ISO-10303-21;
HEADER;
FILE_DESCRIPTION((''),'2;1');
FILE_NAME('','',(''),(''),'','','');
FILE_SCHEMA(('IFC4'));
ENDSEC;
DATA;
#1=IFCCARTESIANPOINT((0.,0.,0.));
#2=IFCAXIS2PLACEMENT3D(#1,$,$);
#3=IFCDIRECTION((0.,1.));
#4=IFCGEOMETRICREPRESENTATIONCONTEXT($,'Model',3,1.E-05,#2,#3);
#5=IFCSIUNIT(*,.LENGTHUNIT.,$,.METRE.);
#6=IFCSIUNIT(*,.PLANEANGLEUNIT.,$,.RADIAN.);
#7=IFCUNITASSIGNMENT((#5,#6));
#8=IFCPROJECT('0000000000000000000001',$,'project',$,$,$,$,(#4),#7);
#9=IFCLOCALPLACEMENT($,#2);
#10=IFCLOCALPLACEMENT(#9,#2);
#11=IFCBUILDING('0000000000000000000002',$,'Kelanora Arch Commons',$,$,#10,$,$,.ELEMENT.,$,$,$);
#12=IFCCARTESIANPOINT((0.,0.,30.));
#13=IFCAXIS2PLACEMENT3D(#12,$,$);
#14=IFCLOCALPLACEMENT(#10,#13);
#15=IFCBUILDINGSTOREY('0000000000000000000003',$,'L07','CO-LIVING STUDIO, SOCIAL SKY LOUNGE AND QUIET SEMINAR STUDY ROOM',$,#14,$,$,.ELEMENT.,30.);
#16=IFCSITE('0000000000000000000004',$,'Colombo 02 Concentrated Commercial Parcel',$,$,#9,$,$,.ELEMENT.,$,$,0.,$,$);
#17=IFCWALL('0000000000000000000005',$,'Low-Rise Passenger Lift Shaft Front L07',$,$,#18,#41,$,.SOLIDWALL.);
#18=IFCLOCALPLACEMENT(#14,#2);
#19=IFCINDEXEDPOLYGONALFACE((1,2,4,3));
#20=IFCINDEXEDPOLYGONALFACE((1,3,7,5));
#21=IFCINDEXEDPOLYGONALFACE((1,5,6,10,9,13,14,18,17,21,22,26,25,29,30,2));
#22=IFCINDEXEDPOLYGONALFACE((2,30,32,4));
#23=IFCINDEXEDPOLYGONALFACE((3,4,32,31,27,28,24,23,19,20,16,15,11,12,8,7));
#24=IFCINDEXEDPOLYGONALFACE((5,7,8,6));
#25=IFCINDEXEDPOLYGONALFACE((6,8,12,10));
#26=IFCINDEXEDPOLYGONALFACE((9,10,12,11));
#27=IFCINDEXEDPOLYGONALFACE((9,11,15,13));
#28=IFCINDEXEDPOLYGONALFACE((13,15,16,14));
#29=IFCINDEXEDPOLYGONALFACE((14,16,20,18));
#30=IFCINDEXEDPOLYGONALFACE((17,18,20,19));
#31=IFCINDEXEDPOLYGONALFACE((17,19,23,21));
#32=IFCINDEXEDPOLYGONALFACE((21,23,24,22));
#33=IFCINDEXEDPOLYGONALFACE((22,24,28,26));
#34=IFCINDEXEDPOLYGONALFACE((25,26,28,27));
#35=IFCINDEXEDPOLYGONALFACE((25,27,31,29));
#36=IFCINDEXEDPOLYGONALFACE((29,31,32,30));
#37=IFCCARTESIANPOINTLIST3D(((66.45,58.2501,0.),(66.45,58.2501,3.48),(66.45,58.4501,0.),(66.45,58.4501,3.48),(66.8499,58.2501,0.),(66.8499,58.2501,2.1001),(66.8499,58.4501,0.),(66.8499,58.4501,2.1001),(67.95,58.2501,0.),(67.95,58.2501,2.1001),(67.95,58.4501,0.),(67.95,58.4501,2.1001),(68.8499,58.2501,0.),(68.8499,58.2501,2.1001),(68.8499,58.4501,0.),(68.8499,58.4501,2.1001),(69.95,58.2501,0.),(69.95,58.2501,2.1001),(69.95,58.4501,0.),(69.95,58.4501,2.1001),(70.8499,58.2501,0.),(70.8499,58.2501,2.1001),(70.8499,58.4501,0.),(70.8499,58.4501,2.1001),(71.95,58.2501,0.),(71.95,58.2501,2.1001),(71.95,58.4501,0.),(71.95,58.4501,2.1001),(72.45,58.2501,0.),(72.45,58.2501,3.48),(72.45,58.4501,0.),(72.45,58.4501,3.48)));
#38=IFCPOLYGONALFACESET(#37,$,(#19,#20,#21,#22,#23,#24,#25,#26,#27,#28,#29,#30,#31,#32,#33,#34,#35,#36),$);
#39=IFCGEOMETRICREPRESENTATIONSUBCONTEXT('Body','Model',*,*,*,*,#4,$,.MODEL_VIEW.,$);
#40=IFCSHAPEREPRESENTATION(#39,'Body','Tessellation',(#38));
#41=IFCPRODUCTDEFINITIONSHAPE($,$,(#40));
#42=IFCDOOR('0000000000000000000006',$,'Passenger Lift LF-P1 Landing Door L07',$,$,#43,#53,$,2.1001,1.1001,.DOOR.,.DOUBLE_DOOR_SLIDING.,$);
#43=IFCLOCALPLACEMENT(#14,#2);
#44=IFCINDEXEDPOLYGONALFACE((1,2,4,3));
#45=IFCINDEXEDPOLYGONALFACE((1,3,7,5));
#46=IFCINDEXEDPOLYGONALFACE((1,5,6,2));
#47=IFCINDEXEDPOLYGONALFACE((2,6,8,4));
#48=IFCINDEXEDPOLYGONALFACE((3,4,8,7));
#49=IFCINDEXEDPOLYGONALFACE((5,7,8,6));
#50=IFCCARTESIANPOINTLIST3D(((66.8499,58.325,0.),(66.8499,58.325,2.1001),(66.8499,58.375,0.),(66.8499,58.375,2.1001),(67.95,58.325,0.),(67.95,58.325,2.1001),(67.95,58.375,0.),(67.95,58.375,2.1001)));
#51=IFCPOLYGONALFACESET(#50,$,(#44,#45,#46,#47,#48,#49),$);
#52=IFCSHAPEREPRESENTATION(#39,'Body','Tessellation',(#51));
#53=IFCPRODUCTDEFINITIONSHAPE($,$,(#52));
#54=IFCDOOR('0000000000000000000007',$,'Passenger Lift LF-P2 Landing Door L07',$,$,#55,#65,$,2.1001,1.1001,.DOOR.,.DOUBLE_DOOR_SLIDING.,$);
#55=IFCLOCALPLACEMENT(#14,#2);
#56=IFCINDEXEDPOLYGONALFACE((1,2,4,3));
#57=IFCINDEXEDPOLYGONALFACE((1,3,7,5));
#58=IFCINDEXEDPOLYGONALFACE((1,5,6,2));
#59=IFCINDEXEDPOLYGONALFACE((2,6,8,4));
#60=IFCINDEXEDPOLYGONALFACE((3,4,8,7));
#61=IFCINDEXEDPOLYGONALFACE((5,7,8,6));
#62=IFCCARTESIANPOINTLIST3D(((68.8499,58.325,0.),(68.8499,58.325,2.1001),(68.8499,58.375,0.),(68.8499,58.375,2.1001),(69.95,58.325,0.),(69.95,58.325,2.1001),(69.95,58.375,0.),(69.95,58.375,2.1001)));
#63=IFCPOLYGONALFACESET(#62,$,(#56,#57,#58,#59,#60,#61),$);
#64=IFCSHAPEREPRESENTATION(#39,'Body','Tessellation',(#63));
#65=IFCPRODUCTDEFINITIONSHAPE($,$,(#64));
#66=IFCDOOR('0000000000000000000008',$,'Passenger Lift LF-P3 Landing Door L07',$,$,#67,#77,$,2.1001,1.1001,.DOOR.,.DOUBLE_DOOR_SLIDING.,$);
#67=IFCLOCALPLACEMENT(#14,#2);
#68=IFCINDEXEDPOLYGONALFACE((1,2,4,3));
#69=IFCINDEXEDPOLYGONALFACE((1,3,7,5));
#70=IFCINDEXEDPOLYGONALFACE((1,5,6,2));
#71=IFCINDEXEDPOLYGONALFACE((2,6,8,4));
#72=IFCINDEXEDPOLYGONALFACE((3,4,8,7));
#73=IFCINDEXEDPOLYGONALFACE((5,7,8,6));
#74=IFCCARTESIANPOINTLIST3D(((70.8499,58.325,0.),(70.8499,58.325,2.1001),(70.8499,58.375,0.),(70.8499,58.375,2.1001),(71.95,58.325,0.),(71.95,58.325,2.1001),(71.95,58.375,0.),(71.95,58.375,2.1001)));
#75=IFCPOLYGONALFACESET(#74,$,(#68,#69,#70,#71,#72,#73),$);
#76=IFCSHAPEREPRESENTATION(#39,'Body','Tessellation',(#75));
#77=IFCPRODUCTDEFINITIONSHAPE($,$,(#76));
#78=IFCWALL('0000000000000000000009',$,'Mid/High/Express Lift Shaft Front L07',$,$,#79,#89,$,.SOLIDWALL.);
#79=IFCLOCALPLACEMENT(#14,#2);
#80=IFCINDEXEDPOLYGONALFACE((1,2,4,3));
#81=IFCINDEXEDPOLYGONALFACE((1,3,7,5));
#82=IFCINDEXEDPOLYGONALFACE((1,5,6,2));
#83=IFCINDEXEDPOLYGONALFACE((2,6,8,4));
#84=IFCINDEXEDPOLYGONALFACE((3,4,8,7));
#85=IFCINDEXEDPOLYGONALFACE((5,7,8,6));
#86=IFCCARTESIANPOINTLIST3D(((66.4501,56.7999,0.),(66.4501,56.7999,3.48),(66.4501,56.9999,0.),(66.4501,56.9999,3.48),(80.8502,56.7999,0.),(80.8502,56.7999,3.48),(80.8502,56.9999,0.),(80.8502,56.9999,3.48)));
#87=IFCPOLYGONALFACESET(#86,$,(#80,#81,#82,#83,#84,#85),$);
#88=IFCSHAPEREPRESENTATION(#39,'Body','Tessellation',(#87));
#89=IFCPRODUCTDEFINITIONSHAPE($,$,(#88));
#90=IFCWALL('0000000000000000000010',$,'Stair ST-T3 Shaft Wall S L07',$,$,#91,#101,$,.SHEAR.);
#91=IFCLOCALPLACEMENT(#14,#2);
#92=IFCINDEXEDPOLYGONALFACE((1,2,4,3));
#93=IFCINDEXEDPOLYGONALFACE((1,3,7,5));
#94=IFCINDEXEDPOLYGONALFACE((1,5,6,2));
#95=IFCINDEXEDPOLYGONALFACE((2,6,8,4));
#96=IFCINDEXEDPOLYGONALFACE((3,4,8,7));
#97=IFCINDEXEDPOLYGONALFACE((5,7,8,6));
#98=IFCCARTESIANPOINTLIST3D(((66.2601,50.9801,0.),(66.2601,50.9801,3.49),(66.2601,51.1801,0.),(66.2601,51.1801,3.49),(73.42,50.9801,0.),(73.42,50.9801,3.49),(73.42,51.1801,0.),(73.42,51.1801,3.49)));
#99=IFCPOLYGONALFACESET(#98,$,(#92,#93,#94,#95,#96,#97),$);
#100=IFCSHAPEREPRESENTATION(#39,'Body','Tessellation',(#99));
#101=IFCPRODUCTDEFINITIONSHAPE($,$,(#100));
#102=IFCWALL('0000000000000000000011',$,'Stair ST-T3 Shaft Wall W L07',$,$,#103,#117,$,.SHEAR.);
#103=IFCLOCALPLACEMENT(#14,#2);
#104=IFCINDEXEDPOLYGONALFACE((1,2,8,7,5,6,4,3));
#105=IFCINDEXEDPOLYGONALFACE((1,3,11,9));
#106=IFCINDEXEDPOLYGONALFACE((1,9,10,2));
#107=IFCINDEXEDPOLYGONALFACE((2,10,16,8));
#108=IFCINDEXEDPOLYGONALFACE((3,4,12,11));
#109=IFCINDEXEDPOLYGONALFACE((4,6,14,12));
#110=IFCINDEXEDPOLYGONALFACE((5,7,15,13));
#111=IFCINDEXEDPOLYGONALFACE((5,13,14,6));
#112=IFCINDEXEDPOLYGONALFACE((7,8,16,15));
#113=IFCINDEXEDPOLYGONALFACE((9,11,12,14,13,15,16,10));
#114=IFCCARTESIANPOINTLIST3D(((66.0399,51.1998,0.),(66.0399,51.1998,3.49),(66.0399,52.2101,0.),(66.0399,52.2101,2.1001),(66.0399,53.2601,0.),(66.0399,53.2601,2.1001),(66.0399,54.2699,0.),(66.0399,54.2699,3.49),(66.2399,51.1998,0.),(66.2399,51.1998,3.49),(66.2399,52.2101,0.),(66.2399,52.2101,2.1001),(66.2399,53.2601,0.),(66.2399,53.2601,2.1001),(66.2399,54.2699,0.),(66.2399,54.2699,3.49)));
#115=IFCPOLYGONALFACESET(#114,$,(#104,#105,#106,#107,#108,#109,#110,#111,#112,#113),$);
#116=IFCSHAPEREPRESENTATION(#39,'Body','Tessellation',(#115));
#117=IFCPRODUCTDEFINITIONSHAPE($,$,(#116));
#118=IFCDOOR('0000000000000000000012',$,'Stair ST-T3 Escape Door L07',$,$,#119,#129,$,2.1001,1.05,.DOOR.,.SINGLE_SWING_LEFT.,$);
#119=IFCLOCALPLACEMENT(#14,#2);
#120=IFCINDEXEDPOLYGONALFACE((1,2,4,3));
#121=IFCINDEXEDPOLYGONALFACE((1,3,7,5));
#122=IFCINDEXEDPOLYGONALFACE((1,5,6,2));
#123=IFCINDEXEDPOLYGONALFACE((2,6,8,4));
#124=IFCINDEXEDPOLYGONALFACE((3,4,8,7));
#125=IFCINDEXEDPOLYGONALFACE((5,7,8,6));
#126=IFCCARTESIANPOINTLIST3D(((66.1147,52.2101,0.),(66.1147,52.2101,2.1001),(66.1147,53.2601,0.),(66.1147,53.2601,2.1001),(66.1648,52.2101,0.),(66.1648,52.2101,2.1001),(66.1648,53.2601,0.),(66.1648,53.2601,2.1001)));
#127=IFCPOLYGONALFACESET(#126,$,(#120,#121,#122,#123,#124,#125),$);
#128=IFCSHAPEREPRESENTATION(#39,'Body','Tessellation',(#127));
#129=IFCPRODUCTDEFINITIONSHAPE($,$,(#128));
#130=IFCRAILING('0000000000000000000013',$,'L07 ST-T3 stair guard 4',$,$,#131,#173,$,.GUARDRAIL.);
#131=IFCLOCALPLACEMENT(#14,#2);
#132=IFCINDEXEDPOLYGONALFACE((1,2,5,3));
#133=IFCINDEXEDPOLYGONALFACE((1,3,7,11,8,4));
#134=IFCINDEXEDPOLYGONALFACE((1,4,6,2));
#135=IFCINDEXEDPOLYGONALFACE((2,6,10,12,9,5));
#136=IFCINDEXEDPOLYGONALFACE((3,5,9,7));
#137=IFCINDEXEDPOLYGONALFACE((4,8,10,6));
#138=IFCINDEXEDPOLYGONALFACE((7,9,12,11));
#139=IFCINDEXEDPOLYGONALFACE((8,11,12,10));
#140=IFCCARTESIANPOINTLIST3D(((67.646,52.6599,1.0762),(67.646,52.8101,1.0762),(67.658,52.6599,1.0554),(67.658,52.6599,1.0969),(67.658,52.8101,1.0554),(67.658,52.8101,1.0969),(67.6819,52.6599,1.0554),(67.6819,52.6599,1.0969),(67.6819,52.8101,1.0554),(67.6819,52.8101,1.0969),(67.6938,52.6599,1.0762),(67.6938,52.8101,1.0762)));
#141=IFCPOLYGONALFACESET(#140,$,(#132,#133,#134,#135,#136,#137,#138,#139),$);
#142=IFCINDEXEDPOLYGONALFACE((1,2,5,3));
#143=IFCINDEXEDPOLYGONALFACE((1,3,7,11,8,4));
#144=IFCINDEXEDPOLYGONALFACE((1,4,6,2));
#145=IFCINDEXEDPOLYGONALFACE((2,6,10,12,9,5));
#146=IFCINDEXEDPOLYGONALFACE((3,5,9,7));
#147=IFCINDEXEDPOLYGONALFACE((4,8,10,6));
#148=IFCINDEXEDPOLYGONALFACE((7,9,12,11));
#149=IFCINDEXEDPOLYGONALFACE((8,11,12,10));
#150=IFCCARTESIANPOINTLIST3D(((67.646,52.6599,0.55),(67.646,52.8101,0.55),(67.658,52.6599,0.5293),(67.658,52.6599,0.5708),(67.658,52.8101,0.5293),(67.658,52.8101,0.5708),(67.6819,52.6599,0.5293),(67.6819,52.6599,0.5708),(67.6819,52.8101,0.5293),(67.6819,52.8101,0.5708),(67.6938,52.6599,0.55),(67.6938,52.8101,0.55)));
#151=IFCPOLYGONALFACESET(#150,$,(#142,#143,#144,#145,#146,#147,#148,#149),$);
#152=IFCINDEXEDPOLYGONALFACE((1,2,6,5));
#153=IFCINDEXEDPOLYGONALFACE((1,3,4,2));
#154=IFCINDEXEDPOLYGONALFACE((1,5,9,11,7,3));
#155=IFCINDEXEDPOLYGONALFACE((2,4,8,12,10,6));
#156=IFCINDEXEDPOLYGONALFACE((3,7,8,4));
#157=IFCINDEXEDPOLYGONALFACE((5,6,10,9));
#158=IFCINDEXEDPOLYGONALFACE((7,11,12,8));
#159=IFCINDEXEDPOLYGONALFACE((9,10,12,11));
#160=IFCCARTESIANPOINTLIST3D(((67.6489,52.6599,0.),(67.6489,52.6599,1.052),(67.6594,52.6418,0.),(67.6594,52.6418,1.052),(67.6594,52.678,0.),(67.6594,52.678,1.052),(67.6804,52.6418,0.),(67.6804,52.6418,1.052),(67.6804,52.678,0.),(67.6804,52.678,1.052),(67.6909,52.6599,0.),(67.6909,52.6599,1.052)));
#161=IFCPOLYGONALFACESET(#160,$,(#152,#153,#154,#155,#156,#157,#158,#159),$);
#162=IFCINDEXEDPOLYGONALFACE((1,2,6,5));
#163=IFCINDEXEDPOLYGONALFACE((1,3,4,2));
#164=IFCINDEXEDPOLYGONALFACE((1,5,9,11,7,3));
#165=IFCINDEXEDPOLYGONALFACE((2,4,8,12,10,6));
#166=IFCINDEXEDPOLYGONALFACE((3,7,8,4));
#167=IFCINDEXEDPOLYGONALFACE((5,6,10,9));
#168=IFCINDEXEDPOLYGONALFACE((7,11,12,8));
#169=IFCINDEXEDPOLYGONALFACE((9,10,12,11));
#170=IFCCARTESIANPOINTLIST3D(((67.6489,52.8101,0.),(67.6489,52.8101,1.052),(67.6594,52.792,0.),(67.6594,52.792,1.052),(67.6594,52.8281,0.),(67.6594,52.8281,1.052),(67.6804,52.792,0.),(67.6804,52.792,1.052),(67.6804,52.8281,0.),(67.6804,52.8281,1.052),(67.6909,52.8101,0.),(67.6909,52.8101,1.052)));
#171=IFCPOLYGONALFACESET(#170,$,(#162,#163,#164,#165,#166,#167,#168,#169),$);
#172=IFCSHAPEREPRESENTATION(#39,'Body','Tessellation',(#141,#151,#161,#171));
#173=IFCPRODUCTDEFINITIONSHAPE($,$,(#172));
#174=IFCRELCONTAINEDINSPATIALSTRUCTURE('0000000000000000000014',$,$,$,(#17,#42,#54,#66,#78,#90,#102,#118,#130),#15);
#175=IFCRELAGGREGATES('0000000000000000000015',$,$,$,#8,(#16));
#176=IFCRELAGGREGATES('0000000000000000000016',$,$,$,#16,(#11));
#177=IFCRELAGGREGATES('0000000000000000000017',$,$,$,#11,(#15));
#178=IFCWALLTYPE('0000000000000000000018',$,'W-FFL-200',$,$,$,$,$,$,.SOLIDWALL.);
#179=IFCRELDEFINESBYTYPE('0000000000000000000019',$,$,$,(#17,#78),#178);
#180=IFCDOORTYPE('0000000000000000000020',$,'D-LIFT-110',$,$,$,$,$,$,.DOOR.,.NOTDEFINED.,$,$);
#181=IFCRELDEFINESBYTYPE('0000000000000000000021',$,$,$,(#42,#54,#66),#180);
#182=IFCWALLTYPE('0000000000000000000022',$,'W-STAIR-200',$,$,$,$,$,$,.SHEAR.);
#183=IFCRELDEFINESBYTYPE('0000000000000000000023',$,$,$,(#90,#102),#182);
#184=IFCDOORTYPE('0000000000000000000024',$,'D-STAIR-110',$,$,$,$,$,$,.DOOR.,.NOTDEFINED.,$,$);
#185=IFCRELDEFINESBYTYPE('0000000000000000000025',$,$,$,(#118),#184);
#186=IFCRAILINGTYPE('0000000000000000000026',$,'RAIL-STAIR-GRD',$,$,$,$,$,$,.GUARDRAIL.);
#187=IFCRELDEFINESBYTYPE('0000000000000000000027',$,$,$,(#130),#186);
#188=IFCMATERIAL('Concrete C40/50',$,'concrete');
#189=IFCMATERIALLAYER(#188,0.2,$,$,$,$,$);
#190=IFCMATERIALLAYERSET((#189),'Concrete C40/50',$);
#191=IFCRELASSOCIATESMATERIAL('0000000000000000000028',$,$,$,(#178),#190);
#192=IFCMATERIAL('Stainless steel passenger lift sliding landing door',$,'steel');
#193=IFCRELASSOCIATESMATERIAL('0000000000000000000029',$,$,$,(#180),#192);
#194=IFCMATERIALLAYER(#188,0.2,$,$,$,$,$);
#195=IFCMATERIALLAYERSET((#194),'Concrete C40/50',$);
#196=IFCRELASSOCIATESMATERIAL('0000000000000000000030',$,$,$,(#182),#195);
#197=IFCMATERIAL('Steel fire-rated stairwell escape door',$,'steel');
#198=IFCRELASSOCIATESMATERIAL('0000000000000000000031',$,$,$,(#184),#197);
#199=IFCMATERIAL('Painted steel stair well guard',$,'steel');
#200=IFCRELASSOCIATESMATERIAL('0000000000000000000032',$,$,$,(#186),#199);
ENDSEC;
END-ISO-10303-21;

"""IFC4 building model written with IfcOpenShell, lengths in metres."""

from ifc_helpers import new_model, si_unit, direction, frame, frame_2d, origin, place, context, subcontext, project, spatial, polyline, rectangle, outline, extrude, material, layer, layer_set, type_object, element, fill, save


model = new_model("IFC4")

# Units and contexts
model_context = context("Model", 3, precision=1e-05, world=origin(), true_north=direction((0.0, 1.0)))
body_context = subcontext(model_context, "Body", "Model", "MODEL_VIEW")
ifc_project = project(units=[si_unit("LENGTHUNIT", "METRE"), si_unit("PLANEANGLEUNIT", "RADIAN")], contexts=[model_context])

# Site, building, storey
site_placement = place(None, origin())
site = spatial("IfcSite", under=ifc_project, at=site_placement, Name="Colombo 02 Concentrated Commercial Parcel", CompositionType="ELEMENT", RefElevation=0.0)
building_placement = place(site_placement, origin())
building = spatial("IfcBuilding", under=site, at=building_placement, Name="Kelanora Arch Commons", CompositionType="ELEMENT")
storey_placement = place(building_placement, frame((0.0, 0.0, 30.0)))
storey = spatial("IfcBuildingStorey", under=building, at=storey_placement, Name="L07", Description="CO-LIVING STUDIO, SOCIAL SKY LOUNGE AND QUIET SEMINAR STUDY ROOM", CompositionType="ELEMENT", Elevation=30.0)

# Wall, openings, doors
ifc_material_1 = material(Name="Concrete C40/50", Category="concrete")
ifc_layer_1 = layer(ifc_material_1, 0.2)
ifc_layer_set_1 = layer_set([ifc_layer_1], Name="Concrete C40/50")
wall_type_1 = type_object("IfcWallType", Name="W-FFL-200", PredefinedType="SOLIDWALL", material=ifc_layer_set_1)
wall_1_placement = place(storey_placement, frame((66.45, 58.3501, 0.0), z_axis=(0.0, 0.0, 1.0), x_axis=(1.0, 0.0, 0.0)))
wall_1 = element("IfcWall", 1, at=wall_1_placement, inside=storey, type_object=wall_type_1, Name="Low-Rise Passenger Lift Shaft Front L07", PredefinedType="SOLIDWALL", context=body_context, shape_type="SweptSolid", body=[
    extrude(rectangle(XDim=6.0, YDim=0.2, at=frame_2d((3.0, 0.0))), origin(), (0.0, 0.0, 1.0), 3.48),
])
opening_1_placement = place(wall_1_placement, frame((0.3999, 0.0, 0.0)))
opening_1 = element("IfcOpeningElement", 2, at=opening_1_placement, cuts=wall_1, PredefinedType="OPENING", context=body_context, shape_type="SweptSolid", body=[
    extrude(rectangle(XDim=1.1001, YDim=2.1001, at=frame_2d((0.55, 1.05))), frame((0.0, 0.1099, 0.0), z_axis=(0.0, -1.0, 0.0), x_axis=(1.0, 0.0, 0.0)), (0.0, 0.0, 1.0), 0.22),
])
opening_2_placement = place(wall_1_placement, frame((2.3999, 0.0, 0.0)))
opening_2 = element("IfcOpeningElement", 3, at=opening_2_placement, cuts=wall_1, PredefinedType="OPENING", context=body_context, shape_type="SweptSolid", body=[
    extrude(rectangle(XDim=1.1001, YDim=2.1001, at=frame_2d((0.55, 1.05))), frame((0.0, 0.1099, 0.0), z_axis=(0.0, -1.0, 0.0), x_axis=(1.0, 0.0, 0.0)), (0.0, 0.0, 1.0), 0.22),
])
opening_3_placement = place(wall_1_placement, frame((4.3999, 0.0, 0.0)))
opening_3 = element("IfcOpeningElement", 4, at=opening_3_placement, cuts=wall_1, PredefinedType="OPENING", context=body_context, shape_type="SweptSolid", body=[
    extrude(rectangle(XDim=1.1001, YDim=2.1001, at=frame_2d((0.55, 1.05))), frame((0.0, 0.1099, 0.0), z_axis=(0.0, -1.0, 0.0), x_axis=(1.0, 0.0, 0.0)), (0.0, 0.0, 1.0), 0.22),
])
ifc_material_2 = material(Name="Stainless steel passenger lift sliding landing door", Category="steel")
door_type_1 = type_object("IfcDoorType", Name="D-LIFT-110", OperationType="NOTDEFINED", PredefinedType="DOOR", material=ifc_material_2)
door_1_placement = place(opening_1_placement, origin())
door_1 = element("IfcDoor", 5, at=door_1_placement, inside=storey, type_object=door_type_1, Name="Passenger Lift LF-P1 Landing Door L07", OperationType="DOUBLE_DOOR_SLIDING", OverallHeight=2.1001, OverallWidth=1.1001, PredefinedType="DOOR", context=body_context, shape_type="SweptSolid", body=[
    extrude(rectangle(XDim=1.1001, YDim=2.1001, at=frame_2d((0.55, 1.05))), frame((0.0, 0.0249, 0.0), z_axis=(0.0, -1.0, 0.0), x_axis=(1.0, 0.0, 0.0)), (0.0, 0.0, 1.0), 0.05),
])
fill(opening_1, door_1)
door_2_placement = place(opening_2_placement, origin())
door_2 = element("IfcDoor", 6, at=door_2_placement, inside=storey, type_object=door_type_1, Name="Passenger Lift LF-P2 Landing Door L07", OperationType="DOUBLE_DOOR_SLIDING", OverallHeight=2.1001, OverallWidth=1.1001, PredefinedType="DOOR", context=body_context, shape_type="SweptSolid", body=[
    extrude(rectangle(XDim=1.1001, YDim=2.1001, at=frame_2d((0.55, 1.05))), frame((0.0, 0.0249, 0.0), z_axis=(0.0, -1.0, 0.0), x_axis=(1.0, 0.0, 0.0)), (0.0, 0.0, 1.0), 0.05),
])
fill(opening_2, door_2)
door_3_placement = place(opening_3_placement, origin())
door_3 = element("IfcDoor", 7, at=door_3_placement, inside=storey, type_object=door_type_1, Name="Passenger Lift LF-P3 Landing Door L07", OperationType="DOUBLE_DOOR_SLIDING", OverallHeight=2.1001, OverallWidth=1.1001, PredefinedType="DOOR", context=body_context, shape_type="SweptSolid", body=[
    extrude(rectangle(XDim=1.1001, YDim=2.1001, at=frame_2d((0.55, 1.05))), frame((0.0, 0.0249, 0.0), z_axis=(0.0, -1.0, 0.0), x_axis=(1.0, 0.0, 0.0)), (0.0, 0.0, 1.0), 0.05),
])
fill(opening_3, door_3)

# Walls
wall_2_placement = place(storey_placement, frame((66.45, 56.8999, 0.0), z_axis=(0.0, 0.0, 1.0), x_axis=(1.0, 0.0, 0.0)))
element("IfcWall", 8, at=wall_2_placement, inside=storey, type_object=wall_type_1, Name="Mid/High/Express Lift Shaft Front L07", PredefinedType="SOLIDWALL", context=body_context, shape_type="SweptSolid", body=[
    extrude(rectangle(XDim=14.4001, YDim=0.2, at=frame_2d((7.2002, 0.0))), origin(), (0.0, 0.0, 1.0), 3.48),
])
ifc_layer_2 = layer(ifc_material_1, 0.2)
ifc_layer_set_2 = layer_set([ifc_layer_2], Name="Concrete C40/50")
wall_type_2 = type_object("IfcWallType", Name="W-STAIR-200", PredefinedType="SHEAR", material=ifc_layer_set_2)
wall_3_placement = place(storey_placement, frame((66.26, 51.0801, 0.0), z_axis=(0.0, 0.0, 1.0), x_axis=(1.0, 0.0, 0.0)))
element("IfcWall", 9, at=wall_3_placement, inside=storey, type_object=wall_type_2, Name="Stair ST-T3 Shaft Wall S L07", PredefinedType="SHEAR", context=body_context, shape_type="SweptSolid", body=[
    extrude(rectangle(XDim=7.1599, YDim=0.2, at=frame_2d((3.5801, 0.0))), origin(), (0.0, 0.0, 1.0), 3.49),
])

# Wall, opening, door
wall_4_placement = place(storey_placement, frame((66.1399, 54.27, 0.0), z_axis=(0.0, 0.0, 1.0), x_axis=(0.0, -1.0, 0.0)))
wall_4 = element("IfcWall", 10, at=wall_4_placement, inside=storey, type_object=wall_type_2, Name="Stair ST-T3 Shaft Wall W L07", PredefinedType="SHEAR", context=body_context, shape_type="SweptSolid", body=[
    extrude(rectangle(XDim=3.0701, YDim=0.2, at=frame_2d((1.5352, 0.0))), origin(), (0.0, 0.0, 1.0), 3.49),
])
opening_4_placement = place(wall_4_placement, frame((1.01, 0.0, 0.0)))
opening_4 = element("IfcOpeningElement", 11, at=opening_4_placement, cuts=wall_4, PredefinedType="OPENING", context=body_context, shape_type="SweptSolid", body=[
    extrude(rectangle(XDim=1.05, YDim=2.1001, at=frame_2d((0.5249, 1.05))), frame((0.0, 0.1099, 0.0), z_axis=(0.0, -1.0, 0.0), x_axis=(1.0, 0.0, 0.0)), (0.0, 0.0, 1.0), 0.22),
])
ifc_material_3 = material(Name="Steel fire-rated stairwell escape door", Category="steel")
door_type_2 = type_object("IfcDoorType", Name="D-STAIR-110", OperationType="NOTDEFINED", PredefinedType="DOOR", material=ifc_material_3)
door_4_placement = place(opening_4_placement, origin())
door_4 = element("IfcDoor", 12, at=door_4_placement, inside=storey, type_object=door_type_2, Name="Stair ST-T3 Escape Door L07", OperationType="SINGLE_SWING_LEFT", OverallHeight=2.1001, OverallWidth=1.05, PredefinedType="DOOR", context=body_context, shape_type="SweptSolid", body=[
    extrude(rectangle(XDim=1.05, YDim=2.1001, at=frame_2d((0.5249, 1.05))), frame((0.0, 0.0249, 0.0), z_axis=(0.0, -1.0, 0.0), x_axis=(1.0, 0.0, 0.0)), (0.0, 0.0, 1.0), 0.05),
])
fill(opening_4, door_4)

# Railing
ifc_material_4 = material(Name="Painted steel stair well guard", Category="steel")
railing_type = type_object("IfcRailingType", Name="RAIL-STAIR-GRD", PredefinedType="GUARDRAIL", material=ifc_material_4)
railing_placement = place(storey_placement, frame((67.6699, 52.6599, 0.0)))
element("IfcRailing", 13, at=railing_placement, inside=storey, type_object=railing_type, Name="L07 ST-T3 stair guard 4", PredefinedType="GUARDRAIL", context=body_context, shape_type="SweptSolid", body=[
    extrude(outline(polyline([(0.0239, 0.0), (0.012, 0.0208), (-0.012, 0.0208), (-0.0239, 0.0), (-0.012, -0.0208), (0.012, -0.0208), (0.0239, 0.0)])), frame((0.0, 0.0, 1.0762), z_axis=(0.0, 1.0, 0.0), x_axis=(-1.0, 0.0, 0.0)), (0.0, 0.0, 1.0), 0.1501),
    extrude(outline(polyline([(0.0239, 0.0), (0.012, 0.0208), (-0.012, 0.0208), (-0.0239, 0.0), (-0.012, -0.0208), (0.012, -0.0208), (0.0239, 0.0)])), frame((0.0, 0.0, 0.55), z_axis=(0.0, 1.0, 0.0), x_axis=(-1.0, 0.0, 0.0)), (0.0, 0.0, 1.0), 0.1501),
    extrude(outline(polyline([(0.021, 0.0), (0.0105, 0.0181), (-0.0105, 0.0181), (-0.021, 0.0), (-0.0105, -0.0181), (0.0105, -0.0181), (0.021, 0.0)])), origin(), (0.0, 0.0, 1.0), 1.052),
    extrude(outline(polyline([(0.021, 0.0), (0.0105, 0.0181), (-0.0105, 0.0181), (-0.021, 0.0), (-0.0105, -0.0181), (0.0105, -0.0181), (0.021, 0.0)])), frame((0.0, 0.1501, 0.0)), (0.0, 0.0, 1.0), 1.052),
])

save(model, "model.ifc")
